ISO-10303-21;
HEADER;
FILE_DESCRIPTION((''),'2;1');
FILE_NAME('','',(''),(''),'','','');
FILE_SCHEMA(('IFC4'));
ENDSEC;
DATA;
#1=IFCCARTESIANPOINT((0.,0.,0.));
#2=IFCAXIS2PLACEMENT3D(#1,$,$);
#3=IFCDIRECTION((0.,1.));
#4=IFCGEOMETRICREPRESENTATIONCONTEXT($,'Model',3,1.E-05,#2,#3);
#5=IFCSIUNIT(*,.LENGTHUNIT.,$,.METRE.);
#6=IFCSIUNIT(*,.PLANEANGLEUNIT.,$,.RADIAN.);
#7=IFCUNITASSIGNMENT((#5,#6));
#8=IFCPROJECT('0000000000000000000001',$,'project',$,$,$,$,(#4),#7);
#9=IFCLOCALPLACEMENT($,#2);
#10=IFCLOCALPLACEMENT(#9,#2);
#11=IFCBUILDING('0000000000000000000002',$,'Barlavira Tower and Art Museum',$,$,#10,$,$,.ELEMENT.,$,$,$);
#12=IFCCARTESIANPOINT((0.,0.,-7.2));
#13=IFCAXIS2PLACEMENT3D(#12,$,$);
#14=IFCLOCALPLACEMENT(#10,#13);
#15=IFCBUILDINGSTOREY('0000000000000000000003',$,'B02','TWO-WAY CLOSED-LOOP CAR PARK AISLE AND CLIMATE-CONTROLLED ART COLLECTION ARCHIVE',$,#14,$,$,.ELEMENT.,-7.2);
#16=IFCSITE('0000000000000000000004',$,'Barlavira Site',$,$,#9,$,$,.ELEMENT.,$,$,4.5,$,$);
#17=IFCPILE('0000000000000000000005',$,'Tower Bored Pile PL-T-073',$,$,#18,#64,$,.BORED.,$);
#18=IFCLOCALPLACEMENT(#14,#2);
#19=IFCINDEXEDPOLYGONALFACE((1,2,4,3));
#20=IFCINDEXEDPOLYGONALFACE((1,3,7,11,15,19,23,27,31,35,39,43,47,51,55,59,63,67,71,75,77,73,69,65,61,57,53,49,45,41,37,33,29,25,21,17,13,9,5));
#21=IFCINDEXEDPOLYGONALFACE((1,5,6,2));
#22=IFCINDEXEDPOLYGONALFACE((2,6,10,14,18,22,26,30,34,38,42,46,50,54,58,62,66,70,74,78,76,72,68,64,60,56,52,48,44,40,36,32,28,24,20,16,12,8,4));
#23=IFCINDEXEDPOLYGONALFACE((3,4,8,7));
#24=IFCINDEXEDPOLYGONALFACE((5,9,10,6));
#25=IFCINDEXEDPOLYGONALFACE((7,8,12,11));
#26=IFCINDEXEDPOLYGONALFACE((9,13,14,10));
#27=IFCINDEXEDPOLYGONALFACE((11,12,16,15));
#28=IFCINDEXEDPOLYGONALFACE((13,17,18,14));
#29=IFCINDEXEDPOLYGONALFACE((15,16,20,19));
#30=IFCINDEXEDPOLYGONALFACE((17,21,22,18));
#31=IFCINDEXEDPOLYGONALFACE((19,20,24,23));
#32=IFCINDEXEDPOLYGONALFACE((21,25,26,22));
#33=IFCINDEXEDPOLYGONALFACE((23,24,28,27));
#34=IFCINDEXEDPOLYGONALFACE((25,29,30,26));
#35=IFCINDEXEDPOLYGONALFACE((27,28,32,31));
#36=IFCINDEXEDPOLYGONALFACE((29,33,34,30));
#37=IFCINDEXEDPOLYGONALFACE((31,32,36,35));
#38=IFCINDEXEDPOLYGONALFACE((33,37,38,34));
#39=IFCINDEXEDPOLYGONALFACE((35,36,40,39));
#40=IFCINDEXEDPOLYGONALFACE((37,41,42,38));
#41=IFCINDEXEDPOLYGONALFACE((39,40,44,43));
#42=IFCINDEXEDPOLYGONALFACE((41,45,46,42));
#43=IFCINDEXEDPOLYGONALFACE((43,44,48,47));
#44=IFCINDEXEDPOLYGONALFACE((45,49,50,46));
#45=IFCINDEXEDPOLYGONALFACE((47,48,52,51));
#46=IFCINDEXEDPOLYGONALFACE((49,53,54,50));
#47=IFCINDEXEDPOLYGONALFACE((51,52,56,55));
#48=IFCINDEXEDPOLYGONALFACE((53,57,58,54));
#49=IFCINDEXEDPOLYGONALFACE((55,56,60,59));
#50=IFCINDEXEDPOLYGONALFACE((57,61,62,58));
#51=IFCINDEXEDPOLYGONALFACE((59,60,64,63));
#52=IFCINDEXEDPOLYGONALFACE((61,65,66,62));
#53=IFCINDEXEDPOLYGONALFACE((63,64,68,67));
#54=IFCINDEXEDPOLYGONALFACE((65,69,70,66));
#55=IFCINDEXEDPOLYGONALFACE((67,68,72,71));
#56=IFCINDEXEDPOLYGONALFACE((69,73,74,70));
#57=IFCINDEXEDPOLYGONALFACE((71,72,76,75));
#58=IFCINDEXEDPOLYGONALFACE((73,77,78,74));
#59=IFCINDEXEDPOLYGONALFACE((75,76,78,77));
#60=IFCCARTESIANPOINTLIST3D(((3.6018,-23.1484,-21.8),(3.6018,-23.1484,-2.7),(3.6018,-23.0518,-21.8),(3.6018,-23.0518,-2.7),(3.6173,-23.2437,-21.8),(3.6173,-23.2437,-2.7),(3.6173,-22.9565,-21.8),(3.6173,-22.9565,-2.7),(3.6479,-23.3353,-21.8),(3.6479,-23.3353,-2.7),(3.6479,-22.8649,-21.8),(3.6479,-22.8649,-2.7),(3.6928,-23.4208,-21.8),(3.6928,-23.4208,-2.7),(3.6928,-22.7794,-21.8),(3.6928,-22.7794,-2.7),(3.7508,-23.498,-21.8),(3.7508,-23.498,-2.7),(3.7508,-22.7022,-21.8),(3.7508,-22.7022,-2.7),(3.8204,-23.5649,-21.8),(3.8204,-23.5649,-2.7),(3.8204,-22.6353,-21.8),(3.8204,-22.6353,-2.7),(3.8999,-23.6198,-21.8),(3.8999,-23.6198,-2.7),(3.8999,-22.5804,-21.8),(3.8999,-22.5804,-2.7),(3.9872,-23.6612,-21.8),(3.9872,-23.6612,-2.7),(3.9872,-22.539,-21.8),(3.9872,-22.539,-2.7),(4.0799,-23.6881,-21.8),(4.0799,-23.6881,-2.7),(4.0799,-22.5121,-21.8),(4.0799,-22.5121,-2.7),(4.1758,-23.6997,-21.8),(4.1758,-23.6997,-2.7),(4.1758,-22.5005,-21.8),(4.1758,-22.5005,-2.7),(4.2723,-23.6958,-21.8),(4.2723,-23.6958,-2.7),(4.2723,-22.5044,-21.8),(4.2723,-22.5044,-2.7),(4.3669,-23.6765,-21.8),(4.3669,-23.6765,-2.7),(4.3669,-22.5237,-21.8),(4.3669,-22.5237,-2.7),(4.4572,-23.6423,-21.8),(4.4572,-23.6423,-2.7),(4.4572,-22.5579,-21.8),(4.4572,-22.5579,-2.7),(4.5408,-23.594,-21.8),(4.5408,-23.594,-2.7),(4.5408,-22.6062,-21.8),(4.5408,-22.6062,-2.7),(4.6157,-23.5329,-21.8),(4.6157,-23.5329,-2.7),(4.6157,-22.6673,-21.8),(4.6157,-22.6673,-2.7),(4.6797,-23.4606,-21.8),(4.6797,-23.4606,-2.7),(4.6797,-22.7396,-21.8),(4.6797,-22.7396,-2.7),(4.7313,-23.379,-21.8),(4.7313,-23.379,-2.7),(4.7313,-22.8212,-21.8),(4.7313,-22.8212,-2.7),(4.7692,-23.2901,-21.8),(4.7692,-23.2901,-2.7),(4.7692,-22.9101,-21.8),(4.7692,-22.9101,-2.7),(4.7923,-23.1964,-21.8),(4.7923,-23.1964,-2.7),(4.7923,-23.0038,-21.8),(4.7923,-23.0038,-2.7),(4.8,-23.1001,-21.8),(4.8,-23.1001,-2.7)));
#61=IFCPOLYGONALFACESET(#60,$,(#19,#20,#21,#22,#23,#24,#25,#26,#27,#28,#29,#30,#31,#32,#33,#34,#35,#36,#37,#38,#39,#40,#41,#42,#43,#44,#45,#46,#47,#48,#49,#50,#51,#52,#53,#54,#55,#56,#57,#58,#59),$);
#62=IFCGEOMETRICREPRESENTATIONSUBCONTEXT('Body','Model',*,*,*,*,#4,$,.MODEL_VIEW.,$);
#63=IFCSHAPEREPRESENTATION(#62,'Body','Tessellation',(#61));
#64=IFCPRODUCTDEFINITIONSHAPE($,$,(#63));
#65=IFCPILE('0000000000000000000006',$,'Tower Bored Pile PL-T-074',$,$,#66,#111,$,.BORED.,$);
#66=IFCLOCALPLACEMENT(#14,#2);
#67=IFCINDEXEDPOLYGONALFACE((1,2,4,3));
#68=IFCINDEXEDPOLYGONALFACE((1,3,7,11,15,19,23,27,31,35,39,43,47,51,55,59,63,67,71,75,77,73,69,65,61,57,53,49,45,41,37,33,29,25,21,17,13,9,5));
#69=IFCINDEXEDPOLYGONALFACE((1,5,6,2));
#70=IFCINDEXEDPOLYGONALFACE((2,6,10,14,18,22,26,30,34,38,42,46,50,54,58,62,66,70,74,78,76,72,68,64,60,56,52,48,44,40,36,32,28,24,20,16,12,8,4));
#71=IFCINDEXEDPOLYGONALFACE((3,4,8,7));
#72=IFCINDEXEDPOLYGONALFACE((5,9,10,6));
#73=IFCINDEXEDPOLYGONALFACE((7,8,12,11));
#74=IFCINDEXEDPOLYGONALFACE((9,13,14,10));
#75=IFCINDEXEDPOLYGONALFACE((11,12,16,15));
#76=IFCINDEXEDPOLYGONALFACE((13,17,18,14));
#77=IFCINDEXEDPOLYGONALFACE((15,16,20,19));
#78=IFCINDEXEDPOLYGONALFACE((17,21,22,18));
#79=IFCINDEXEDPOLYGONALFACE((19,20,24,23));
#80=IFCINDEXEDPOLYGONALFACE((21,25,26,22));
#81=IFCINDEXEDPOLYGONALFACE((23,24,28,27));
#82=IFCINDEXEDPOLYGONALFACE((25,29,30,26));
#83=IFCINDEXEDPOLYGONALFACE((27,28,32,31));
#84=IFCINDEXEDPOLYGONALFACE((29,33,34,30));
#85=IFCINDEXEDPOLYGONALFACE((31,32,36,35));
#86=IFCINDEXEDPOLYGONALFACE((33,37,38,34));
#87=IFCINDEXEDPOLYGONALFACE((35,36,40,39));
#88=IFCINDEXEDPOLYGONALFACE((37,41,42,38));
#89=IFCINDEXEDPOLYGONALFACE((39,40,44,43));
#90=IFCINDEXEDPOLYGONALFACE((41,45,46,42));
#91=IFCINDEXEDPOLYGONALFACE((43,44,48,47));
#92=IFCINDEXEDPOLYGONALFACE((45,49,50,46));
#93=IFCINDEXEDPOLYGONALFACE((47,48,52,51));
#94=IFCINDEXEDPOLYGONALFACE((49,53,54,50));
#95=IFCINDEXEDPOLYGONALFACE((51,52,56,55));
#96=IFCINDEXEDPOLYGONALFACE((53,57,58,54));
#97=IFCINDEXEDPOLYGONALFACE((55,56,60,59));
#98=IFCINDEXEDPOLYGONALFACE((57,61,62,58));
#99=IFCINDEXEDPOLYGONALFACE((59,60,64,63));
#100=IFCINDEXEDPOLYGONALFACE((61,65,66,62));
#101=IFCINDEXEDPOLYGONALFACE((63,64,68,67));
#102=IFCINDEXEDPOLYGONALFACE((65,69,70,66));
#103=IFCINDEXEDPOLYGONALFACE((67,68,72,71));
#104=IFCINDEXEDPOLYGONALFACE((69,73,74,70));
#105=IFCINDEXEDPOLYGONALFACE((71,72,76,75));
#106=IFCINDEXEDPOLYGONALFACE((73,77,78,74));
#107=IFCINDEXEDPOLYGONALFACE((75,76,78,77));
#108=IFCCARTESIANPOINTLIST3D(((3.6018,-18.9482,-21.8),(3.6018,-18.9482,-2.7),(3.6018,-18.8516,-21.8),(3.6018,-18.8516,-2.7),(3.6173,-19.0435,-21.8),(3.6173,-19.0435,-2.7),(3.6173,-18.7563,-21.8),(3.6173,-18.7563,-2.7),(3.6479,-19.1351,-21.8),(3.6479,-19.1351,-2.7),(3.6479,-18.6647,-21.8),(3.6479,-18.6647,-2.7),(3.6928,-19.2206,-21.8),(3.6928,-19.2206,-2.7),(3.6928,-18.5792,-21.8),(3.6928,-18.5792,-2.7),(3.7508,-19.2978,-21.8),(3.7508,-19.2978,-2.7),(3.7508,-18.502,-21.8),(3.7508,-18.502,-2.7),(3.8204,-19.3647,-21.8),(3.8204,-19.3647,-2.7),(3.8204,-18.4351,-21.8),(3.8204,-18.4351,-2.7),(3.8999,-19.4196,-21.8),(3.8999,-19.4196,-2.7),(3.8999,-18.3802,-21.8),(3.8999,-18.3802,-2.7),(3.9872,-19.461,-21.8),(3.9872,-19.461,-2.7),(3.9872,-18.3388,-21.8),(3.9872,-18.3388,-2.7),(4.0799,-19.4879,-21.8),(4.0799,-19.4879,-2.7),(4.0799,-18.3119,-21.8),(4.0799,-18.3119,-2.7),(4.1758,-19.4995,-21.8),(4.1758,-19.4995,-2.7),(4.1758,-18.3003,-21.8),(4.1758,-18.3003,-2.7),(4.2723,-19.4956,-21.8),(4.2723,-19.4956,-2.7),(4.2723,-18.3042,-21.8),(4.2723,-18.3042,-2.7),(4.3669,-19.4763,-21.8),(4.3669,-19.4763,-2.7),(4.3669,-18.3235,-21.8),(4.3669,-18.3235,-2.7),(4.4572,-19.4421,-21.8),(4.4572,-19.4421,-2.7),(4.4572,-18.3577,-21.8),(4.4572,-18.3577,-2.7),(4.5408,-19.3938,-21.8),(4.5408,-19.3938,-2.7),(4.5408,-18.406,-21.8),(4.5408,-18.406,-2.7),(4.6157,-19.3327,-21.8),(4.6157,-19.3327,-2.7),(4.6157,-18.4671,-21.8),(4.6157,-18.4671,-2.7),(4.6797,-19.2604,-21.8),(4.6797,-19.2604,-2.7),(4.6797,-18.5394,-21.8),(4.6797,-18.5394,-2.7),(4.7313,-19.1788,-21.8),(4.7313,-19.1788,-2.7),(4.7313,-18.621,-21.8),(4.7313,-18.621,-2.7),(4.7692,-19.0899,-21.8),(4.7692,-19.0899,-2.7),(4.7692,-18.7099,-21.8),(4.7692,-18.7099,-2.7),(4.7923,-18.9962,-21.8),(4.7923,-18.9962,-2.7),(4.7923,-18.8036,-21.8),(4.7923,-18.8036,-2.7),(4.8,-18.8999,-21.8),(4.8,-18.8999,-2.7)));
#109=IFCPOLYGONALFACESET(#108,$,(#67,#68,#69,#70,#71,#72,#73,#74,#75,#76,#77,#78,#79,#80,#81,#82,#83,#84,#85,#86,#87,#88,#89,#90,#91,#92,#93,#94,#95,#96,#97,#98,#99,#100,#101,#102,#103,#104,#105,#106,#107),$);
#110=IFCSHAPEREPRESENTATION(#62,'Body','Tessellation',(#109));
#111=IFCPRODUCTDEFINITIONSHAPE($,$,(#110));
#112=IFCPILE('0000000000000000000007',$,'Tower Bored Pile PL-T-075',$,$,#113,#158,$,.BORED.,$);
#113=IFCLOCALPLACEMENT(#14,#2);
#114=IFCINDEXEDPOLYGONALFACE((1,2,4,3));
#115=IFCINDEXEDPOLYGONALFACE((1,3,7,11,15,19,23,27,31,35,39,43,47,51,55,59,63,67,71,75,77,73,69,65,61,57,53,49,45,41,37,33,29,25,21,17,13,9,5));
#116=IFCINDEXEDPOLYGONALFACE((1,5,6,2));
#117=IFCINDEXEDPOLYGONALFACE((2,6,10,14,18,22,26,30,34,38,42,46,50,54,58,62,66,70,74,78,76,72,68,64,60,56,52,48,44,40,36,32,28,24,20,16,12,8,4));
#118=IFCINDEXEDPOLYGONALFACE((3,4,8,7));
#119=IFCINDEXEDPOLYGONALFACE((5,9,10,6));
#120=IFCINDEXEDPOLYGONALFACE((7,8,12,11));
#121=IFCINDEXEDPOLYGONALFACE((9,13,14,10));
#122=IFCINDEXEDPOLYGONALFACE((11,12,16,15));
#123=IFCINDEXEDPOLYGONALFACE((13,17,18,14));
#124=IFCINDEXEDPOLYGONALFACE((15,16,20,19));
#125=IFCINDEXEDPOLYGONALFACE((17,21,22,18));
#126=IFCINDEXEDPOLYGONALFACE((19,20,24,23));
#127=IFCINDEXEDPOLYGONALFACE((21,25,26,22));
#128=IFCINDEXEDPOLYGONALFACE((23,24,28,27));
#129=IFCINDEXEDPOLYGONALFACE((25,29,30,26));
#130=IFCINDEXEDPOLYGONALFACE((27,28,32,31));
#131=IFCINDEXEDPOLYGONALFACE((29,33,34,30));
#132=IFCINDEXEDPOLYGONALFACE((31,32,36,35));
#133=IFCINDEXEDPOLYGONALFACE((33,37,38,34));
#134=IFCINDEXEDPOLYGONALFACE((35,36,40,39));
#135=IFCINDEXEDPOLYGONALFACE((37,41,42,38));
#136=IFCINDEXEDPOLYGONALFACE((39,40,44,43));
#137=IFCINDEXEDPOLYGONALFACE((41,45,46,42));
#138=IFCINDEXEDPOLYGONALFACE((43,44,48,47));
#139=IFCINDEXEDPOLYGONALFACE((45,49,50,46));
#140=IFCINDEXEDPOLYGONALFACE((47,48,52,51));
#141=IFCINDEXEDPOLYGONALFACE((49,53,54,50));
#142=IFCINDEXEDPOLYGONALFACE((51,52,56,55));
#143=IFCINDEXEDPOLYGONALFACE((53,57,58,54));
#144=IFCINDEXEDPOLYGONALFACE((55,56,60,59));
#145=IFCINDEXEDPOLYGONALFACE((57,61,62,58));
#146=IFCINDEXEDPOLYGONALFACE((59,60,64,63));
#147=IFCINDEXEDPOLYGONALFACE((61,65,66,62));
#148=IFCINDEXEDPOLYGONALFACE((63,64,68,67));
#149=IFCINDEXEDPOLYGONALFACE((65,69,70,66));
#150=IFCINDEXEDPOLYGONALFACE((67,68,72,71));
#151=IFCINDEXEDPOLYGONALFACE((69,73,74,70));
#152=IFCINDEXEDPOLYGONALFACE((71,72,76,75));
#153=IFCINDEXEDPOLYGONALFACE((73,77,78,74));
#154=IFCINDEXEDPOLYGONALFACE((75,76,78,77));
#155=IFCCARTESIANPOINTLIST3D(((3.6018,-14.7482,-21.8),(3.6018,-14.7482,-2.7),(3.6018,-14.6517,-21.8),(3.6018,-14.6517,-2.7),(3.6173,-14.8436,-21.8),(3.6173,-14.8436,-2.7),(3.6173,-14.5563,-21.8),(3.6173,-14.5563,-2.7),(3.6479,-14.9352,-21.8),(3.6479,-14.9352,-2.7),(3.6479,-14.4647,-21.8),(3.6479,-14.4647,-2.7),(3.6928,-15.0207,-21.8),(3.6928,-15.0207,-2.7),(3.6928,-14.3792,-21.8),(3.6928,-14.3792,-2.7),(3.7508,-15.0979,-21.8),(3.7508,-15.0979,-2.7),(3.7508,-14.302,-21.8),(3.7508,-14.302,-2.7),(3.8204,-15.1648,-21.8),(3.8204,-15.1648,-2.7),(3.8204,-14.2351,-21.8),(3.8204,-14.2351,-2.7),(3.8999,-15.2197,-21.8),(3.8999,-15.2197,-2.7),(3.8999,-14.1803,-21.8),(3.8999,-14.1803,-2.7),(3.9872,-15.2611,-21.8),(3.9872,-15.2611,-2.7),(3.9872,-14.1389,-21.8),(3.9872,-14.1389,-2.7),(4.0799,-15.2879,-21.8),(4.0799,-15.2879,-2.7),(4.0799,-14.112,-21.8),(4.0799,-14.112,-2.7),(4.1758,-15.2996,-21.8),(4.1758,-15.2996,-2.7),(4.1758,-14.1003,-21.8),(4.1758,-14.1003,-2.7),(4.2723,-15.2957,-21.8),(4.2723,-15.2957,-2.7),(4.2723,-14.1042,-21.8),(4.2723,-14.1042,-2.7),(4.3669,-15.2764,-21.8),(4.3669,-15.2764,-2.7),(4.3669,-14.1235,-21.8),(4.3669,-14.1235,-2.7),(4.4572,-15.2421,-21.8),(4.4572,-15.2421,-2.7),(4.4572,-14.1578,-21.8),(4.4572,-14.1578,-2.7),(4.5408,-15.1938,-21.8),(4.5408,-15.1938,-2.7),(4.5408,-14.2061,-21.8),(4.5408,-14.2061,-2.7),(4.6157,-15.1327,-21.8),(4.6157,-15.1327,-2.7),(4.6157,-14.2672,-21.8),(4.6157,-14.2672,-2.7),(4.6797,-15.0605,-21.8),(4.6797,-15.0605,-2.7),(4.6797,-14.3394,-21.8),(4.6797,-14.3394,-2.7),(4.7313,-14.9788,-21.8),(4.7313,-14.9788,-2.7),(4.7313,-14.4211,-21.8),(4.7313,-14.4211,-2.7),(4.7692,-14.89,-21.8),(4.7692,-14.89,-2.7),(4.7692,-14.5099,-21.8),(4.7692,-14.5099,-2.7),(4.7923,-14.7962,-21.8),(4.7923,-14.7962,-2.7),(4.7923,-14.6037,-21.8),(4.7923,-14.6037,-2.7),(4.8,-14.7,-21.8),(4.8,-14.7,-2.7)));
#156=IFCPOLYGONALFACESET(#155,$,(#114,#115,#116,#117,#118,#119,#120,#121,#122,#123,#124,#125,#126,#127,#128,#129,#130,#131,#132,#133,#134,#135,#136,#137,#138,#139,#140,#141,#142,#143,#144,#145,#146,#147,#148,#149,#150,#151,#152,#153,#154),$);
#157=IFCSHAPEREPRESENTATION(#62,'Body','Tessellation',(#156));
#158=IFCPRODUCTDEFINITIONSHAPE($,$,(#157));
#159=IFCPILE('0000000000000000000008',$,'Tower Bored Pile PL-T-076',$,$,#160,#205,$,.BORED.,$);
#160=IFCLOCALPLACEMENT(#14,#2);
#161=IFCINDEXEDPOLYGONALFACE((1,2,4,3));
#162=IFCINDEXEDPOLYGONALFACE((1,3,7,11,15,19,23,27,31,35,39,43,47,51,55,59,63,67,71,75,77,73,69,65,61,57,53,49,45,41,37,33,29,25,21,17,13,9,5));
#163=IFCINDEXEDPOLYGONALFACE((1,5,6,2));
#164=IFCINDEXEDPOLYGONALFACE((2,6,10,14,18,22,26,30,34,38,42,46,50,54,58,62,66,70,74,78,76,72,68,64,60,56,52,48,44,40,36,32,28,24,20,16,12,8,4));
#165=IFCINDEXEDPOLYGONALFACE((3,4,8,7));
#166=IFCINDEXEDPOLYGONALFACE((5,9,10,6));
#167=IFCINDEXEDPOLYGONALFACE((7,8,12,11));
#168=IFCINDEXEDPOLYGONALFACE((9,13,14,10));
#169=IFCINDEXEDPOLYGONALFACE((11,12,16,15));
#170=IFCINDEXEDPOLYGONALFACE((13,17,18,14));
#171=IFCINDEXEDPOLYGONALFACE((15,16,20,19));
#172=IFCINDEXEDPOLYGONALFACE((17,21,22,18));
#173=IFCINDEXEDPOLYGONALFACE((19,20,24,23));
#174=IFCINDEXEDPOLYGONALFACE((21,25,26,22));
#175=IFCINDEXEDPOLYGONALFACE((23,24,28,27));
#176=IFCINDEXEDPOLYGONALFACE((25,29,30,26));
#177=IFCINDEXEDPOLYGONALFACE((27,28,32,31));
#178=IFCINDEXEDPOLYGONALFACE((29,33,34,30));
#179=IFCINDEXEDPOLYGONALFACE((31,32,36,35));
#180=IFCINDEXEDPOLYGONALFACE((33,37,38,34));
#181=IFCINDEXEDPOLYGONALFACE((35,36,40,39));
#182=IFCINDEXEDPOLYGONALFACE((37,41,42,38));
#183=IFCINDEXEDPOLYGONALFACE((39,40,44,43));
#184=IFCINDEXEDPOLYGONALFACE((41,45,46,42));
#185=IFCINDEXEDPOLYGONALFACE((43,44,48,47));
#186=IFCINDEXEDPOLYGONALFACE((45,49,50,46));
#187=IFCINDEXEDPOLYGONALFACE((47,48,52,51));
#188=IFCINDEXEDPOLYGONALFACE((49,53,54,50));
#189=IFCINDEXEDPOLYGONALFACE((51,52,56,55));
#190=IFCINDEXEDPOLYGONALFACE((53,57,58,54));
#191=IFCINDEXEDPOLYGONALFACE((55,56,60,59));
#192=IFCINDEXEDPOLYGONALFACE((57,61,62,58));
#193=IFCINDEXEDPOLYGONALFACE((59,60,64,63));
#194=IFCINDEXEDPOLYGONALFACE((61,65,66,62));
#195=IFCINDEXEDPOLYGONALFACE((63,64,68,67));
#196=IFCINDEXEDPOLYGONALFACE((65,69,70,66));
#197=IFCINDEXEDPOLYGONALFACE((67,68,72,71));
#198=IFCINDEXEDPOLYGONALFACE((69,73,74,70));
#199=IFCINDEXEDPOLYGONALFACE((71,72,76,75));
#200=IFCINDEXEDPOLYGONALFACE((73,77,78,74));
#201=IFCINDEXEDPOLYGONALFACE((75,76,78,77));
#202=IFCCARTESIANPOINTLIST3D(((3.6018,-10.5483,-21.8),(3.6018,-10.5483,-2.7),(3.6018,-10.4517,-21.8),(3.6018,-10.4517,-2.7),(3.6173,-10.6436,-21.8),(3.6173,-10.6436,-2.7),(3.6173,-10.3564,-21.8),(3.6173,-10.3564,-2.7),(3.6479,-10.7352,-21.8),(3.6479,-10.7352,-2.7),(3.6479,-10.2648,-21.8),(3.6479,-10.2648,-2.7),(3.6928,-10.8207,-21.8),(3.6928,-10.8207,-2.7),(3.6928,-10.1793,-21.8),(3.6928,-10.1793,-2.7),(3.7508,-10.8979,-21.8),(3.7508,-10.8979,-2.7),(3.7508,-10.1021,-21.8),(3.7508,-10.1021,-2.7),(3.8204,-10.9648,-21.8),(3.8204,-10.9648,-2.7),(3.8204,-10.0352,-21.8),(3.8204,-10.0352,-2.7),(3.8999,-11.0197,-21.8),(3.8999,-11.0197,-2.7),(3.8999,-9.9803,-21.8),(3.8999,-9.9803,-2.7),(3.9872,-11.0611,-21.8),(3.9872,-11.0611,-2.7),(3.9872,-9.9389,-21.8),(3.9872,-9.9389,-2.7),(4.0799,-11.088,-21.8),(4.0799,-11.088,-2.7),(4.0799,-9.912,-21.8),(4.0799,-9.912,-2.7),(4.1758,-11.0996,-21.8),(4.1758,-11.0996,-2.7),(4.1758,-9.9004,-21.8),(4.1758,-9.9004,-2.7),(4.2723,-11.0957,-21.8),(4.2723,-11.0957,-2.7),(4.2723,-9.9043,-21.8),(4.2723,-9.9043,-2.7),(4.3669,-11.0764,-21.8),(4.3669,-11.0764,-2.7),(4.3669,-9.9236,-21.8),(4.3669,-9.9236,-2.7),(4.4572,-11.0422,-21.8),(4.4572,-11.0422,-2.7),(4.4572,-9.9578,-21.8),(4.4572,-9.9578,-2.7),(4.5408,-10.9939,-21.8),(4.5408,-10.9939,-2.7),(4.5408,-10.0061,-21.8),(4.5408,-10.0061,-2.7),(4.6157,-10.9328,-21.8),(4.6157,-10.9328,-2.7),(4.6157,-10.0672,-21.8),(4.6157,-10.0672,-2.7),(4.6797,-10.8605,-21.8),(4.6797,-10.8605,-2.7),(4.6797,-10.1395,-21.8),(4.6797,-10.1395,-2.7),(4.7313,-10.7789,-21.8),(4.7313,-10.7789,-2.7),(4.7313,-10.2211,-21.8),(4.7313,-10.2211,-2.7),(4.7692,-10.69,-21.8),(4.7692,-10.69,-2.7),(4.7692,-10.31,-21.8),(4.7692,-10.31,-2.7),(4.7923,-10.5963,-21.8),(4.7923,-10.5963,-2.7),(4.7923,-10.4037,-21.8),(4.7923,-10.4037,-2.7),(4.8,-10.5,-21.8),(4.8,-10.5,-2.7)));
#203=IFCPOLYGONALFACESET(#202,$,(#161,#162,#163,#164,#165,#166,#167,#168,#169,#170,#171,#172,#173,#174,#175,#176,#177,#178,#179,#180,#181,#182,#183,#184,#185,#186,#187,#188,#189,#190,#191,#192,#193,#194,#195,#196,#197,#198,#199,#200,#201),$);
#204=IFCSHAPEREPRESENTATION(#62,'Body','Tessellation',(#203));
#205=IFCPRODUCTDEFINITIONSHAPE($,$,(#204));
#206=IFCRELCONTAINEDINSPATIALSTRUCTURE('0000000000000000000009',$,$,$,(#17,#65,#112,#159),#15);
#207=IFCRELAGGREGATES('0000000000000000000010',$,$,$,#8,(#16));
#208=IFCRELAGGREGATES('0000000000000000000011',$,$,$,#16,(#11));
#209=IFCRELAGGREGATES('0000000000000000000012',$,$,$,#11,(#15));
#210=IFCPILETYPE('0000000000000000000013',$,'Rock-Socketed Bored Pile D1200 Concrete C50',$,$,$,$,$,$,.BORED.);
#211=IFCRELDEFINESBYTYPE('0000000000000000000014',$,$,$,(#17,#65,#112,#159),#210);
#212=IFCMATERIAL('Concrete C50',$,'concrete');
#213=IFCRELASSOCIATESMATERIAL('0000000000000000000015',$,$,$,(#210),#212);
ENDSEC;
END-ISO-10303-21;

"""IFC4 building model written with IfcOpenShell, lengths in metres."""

from ifc_helpers import new_model, si_unit, direction, frame, origin, origin_2d, place, context, subcontext, project, spatial, circle, extrude, material, material_profile, profile_set, type_object, element, save


model = new_model("IFC4")

# Units and contexts
model_context = context("Model", 3, precision=1e-05, world=origin(), true_north=direction((0.0, 1.0)))
body_context = subcontext(model_context, "Body", "Model", "MODEL_VIEW")
ifc_project = project(units=[si_unit("LENGTHUNIT", "METRE"), si_unit("PLANEANGLEUNIT", "RADIAN")], contexts=[model_context])

# Site, building, storey
site_placement = place(None, origin())
site = spatial("IfcSite", under=ifc_project, at=site_placement, Name="Barlavira Site", CompositionType="ELEMENT", RefElevation=4.5)
building_placement = place(site_placement, origin())
building = spatial("IfcBuilding", under=site, at=building_placement, Name="Barlavira Tower and Art Museum", CompositionType="ELEMENT")
storey_placement = place(building_placement, frame((0.0, 0.0, -7.2)))
storey = spatial("IfcBuildingStorey", under=building, at=storey_placement, Name="B02", Description="TWO-WAY CLOSED-LOOP CAR PARK AISLE AND CLIMATE-CONTROLLED ART COLLECTION ARCHIVE", CompositionType="ELEMENT", Elevation=-7.2)

# Piles
ifc_material_1 = material(Name="Concrete C50", Category="concrete")
ifc_material_profile_1 = material_profile(ifc_material_1, circle(Radius=0.6001, at=origin_2d()), Name="BORED PILE D1200")
ifc_profile_set_1 = profile_set([ifc_material_profile_1], Name="Concrete C50")
pile_type = type_object("IfcPileType", Name="Rock-Socketed Bored Pile D1200 Concrete C50", PredefinedType="BORED", material=ifc_profile_set_1)
for number, where, z_axis, x_axis, name in (
    (1, (4.2, -23.1001, -2.7), (0.0, 0.0, -1.0), (1.0, 0.0, 0.0), "Tower Bored Pile PL-T-073"),
    (2, (4.2, -18.8999, -2.7), (0.0, 0.0, -1.0), (1.0, 0.0, 0.0), "Tower Bored Pile PL-T-074"),
    (3, (4.2, -14.7, -2.7), (0.0, 0.0, -1.0), (1.0, 0.0, 0.0), "Tower Bored Pile PL-T-075"),
    (4, (4.2, -10.5, -2.7), (0.0, 0.0, -1.0), (1.0, 0.0, 0.0), "Tower Bored Pile PL-T-076"),
):
    element("IfcPile", number, at=place(storey_placement, frame(where, z_axis=z_axis, x_axis=x_axis)), inside=storey, type_object=pile_type, Name=name, PredefinedType="BORED", context=body_context, shape_type="SweptSolid", body=[
        extrude(circle(Radius=0.6001, at=origin_2d()), origin(), (0.0, 0.0, 1.0), 19.1001),
    ])

save(model, "model.ifc")
